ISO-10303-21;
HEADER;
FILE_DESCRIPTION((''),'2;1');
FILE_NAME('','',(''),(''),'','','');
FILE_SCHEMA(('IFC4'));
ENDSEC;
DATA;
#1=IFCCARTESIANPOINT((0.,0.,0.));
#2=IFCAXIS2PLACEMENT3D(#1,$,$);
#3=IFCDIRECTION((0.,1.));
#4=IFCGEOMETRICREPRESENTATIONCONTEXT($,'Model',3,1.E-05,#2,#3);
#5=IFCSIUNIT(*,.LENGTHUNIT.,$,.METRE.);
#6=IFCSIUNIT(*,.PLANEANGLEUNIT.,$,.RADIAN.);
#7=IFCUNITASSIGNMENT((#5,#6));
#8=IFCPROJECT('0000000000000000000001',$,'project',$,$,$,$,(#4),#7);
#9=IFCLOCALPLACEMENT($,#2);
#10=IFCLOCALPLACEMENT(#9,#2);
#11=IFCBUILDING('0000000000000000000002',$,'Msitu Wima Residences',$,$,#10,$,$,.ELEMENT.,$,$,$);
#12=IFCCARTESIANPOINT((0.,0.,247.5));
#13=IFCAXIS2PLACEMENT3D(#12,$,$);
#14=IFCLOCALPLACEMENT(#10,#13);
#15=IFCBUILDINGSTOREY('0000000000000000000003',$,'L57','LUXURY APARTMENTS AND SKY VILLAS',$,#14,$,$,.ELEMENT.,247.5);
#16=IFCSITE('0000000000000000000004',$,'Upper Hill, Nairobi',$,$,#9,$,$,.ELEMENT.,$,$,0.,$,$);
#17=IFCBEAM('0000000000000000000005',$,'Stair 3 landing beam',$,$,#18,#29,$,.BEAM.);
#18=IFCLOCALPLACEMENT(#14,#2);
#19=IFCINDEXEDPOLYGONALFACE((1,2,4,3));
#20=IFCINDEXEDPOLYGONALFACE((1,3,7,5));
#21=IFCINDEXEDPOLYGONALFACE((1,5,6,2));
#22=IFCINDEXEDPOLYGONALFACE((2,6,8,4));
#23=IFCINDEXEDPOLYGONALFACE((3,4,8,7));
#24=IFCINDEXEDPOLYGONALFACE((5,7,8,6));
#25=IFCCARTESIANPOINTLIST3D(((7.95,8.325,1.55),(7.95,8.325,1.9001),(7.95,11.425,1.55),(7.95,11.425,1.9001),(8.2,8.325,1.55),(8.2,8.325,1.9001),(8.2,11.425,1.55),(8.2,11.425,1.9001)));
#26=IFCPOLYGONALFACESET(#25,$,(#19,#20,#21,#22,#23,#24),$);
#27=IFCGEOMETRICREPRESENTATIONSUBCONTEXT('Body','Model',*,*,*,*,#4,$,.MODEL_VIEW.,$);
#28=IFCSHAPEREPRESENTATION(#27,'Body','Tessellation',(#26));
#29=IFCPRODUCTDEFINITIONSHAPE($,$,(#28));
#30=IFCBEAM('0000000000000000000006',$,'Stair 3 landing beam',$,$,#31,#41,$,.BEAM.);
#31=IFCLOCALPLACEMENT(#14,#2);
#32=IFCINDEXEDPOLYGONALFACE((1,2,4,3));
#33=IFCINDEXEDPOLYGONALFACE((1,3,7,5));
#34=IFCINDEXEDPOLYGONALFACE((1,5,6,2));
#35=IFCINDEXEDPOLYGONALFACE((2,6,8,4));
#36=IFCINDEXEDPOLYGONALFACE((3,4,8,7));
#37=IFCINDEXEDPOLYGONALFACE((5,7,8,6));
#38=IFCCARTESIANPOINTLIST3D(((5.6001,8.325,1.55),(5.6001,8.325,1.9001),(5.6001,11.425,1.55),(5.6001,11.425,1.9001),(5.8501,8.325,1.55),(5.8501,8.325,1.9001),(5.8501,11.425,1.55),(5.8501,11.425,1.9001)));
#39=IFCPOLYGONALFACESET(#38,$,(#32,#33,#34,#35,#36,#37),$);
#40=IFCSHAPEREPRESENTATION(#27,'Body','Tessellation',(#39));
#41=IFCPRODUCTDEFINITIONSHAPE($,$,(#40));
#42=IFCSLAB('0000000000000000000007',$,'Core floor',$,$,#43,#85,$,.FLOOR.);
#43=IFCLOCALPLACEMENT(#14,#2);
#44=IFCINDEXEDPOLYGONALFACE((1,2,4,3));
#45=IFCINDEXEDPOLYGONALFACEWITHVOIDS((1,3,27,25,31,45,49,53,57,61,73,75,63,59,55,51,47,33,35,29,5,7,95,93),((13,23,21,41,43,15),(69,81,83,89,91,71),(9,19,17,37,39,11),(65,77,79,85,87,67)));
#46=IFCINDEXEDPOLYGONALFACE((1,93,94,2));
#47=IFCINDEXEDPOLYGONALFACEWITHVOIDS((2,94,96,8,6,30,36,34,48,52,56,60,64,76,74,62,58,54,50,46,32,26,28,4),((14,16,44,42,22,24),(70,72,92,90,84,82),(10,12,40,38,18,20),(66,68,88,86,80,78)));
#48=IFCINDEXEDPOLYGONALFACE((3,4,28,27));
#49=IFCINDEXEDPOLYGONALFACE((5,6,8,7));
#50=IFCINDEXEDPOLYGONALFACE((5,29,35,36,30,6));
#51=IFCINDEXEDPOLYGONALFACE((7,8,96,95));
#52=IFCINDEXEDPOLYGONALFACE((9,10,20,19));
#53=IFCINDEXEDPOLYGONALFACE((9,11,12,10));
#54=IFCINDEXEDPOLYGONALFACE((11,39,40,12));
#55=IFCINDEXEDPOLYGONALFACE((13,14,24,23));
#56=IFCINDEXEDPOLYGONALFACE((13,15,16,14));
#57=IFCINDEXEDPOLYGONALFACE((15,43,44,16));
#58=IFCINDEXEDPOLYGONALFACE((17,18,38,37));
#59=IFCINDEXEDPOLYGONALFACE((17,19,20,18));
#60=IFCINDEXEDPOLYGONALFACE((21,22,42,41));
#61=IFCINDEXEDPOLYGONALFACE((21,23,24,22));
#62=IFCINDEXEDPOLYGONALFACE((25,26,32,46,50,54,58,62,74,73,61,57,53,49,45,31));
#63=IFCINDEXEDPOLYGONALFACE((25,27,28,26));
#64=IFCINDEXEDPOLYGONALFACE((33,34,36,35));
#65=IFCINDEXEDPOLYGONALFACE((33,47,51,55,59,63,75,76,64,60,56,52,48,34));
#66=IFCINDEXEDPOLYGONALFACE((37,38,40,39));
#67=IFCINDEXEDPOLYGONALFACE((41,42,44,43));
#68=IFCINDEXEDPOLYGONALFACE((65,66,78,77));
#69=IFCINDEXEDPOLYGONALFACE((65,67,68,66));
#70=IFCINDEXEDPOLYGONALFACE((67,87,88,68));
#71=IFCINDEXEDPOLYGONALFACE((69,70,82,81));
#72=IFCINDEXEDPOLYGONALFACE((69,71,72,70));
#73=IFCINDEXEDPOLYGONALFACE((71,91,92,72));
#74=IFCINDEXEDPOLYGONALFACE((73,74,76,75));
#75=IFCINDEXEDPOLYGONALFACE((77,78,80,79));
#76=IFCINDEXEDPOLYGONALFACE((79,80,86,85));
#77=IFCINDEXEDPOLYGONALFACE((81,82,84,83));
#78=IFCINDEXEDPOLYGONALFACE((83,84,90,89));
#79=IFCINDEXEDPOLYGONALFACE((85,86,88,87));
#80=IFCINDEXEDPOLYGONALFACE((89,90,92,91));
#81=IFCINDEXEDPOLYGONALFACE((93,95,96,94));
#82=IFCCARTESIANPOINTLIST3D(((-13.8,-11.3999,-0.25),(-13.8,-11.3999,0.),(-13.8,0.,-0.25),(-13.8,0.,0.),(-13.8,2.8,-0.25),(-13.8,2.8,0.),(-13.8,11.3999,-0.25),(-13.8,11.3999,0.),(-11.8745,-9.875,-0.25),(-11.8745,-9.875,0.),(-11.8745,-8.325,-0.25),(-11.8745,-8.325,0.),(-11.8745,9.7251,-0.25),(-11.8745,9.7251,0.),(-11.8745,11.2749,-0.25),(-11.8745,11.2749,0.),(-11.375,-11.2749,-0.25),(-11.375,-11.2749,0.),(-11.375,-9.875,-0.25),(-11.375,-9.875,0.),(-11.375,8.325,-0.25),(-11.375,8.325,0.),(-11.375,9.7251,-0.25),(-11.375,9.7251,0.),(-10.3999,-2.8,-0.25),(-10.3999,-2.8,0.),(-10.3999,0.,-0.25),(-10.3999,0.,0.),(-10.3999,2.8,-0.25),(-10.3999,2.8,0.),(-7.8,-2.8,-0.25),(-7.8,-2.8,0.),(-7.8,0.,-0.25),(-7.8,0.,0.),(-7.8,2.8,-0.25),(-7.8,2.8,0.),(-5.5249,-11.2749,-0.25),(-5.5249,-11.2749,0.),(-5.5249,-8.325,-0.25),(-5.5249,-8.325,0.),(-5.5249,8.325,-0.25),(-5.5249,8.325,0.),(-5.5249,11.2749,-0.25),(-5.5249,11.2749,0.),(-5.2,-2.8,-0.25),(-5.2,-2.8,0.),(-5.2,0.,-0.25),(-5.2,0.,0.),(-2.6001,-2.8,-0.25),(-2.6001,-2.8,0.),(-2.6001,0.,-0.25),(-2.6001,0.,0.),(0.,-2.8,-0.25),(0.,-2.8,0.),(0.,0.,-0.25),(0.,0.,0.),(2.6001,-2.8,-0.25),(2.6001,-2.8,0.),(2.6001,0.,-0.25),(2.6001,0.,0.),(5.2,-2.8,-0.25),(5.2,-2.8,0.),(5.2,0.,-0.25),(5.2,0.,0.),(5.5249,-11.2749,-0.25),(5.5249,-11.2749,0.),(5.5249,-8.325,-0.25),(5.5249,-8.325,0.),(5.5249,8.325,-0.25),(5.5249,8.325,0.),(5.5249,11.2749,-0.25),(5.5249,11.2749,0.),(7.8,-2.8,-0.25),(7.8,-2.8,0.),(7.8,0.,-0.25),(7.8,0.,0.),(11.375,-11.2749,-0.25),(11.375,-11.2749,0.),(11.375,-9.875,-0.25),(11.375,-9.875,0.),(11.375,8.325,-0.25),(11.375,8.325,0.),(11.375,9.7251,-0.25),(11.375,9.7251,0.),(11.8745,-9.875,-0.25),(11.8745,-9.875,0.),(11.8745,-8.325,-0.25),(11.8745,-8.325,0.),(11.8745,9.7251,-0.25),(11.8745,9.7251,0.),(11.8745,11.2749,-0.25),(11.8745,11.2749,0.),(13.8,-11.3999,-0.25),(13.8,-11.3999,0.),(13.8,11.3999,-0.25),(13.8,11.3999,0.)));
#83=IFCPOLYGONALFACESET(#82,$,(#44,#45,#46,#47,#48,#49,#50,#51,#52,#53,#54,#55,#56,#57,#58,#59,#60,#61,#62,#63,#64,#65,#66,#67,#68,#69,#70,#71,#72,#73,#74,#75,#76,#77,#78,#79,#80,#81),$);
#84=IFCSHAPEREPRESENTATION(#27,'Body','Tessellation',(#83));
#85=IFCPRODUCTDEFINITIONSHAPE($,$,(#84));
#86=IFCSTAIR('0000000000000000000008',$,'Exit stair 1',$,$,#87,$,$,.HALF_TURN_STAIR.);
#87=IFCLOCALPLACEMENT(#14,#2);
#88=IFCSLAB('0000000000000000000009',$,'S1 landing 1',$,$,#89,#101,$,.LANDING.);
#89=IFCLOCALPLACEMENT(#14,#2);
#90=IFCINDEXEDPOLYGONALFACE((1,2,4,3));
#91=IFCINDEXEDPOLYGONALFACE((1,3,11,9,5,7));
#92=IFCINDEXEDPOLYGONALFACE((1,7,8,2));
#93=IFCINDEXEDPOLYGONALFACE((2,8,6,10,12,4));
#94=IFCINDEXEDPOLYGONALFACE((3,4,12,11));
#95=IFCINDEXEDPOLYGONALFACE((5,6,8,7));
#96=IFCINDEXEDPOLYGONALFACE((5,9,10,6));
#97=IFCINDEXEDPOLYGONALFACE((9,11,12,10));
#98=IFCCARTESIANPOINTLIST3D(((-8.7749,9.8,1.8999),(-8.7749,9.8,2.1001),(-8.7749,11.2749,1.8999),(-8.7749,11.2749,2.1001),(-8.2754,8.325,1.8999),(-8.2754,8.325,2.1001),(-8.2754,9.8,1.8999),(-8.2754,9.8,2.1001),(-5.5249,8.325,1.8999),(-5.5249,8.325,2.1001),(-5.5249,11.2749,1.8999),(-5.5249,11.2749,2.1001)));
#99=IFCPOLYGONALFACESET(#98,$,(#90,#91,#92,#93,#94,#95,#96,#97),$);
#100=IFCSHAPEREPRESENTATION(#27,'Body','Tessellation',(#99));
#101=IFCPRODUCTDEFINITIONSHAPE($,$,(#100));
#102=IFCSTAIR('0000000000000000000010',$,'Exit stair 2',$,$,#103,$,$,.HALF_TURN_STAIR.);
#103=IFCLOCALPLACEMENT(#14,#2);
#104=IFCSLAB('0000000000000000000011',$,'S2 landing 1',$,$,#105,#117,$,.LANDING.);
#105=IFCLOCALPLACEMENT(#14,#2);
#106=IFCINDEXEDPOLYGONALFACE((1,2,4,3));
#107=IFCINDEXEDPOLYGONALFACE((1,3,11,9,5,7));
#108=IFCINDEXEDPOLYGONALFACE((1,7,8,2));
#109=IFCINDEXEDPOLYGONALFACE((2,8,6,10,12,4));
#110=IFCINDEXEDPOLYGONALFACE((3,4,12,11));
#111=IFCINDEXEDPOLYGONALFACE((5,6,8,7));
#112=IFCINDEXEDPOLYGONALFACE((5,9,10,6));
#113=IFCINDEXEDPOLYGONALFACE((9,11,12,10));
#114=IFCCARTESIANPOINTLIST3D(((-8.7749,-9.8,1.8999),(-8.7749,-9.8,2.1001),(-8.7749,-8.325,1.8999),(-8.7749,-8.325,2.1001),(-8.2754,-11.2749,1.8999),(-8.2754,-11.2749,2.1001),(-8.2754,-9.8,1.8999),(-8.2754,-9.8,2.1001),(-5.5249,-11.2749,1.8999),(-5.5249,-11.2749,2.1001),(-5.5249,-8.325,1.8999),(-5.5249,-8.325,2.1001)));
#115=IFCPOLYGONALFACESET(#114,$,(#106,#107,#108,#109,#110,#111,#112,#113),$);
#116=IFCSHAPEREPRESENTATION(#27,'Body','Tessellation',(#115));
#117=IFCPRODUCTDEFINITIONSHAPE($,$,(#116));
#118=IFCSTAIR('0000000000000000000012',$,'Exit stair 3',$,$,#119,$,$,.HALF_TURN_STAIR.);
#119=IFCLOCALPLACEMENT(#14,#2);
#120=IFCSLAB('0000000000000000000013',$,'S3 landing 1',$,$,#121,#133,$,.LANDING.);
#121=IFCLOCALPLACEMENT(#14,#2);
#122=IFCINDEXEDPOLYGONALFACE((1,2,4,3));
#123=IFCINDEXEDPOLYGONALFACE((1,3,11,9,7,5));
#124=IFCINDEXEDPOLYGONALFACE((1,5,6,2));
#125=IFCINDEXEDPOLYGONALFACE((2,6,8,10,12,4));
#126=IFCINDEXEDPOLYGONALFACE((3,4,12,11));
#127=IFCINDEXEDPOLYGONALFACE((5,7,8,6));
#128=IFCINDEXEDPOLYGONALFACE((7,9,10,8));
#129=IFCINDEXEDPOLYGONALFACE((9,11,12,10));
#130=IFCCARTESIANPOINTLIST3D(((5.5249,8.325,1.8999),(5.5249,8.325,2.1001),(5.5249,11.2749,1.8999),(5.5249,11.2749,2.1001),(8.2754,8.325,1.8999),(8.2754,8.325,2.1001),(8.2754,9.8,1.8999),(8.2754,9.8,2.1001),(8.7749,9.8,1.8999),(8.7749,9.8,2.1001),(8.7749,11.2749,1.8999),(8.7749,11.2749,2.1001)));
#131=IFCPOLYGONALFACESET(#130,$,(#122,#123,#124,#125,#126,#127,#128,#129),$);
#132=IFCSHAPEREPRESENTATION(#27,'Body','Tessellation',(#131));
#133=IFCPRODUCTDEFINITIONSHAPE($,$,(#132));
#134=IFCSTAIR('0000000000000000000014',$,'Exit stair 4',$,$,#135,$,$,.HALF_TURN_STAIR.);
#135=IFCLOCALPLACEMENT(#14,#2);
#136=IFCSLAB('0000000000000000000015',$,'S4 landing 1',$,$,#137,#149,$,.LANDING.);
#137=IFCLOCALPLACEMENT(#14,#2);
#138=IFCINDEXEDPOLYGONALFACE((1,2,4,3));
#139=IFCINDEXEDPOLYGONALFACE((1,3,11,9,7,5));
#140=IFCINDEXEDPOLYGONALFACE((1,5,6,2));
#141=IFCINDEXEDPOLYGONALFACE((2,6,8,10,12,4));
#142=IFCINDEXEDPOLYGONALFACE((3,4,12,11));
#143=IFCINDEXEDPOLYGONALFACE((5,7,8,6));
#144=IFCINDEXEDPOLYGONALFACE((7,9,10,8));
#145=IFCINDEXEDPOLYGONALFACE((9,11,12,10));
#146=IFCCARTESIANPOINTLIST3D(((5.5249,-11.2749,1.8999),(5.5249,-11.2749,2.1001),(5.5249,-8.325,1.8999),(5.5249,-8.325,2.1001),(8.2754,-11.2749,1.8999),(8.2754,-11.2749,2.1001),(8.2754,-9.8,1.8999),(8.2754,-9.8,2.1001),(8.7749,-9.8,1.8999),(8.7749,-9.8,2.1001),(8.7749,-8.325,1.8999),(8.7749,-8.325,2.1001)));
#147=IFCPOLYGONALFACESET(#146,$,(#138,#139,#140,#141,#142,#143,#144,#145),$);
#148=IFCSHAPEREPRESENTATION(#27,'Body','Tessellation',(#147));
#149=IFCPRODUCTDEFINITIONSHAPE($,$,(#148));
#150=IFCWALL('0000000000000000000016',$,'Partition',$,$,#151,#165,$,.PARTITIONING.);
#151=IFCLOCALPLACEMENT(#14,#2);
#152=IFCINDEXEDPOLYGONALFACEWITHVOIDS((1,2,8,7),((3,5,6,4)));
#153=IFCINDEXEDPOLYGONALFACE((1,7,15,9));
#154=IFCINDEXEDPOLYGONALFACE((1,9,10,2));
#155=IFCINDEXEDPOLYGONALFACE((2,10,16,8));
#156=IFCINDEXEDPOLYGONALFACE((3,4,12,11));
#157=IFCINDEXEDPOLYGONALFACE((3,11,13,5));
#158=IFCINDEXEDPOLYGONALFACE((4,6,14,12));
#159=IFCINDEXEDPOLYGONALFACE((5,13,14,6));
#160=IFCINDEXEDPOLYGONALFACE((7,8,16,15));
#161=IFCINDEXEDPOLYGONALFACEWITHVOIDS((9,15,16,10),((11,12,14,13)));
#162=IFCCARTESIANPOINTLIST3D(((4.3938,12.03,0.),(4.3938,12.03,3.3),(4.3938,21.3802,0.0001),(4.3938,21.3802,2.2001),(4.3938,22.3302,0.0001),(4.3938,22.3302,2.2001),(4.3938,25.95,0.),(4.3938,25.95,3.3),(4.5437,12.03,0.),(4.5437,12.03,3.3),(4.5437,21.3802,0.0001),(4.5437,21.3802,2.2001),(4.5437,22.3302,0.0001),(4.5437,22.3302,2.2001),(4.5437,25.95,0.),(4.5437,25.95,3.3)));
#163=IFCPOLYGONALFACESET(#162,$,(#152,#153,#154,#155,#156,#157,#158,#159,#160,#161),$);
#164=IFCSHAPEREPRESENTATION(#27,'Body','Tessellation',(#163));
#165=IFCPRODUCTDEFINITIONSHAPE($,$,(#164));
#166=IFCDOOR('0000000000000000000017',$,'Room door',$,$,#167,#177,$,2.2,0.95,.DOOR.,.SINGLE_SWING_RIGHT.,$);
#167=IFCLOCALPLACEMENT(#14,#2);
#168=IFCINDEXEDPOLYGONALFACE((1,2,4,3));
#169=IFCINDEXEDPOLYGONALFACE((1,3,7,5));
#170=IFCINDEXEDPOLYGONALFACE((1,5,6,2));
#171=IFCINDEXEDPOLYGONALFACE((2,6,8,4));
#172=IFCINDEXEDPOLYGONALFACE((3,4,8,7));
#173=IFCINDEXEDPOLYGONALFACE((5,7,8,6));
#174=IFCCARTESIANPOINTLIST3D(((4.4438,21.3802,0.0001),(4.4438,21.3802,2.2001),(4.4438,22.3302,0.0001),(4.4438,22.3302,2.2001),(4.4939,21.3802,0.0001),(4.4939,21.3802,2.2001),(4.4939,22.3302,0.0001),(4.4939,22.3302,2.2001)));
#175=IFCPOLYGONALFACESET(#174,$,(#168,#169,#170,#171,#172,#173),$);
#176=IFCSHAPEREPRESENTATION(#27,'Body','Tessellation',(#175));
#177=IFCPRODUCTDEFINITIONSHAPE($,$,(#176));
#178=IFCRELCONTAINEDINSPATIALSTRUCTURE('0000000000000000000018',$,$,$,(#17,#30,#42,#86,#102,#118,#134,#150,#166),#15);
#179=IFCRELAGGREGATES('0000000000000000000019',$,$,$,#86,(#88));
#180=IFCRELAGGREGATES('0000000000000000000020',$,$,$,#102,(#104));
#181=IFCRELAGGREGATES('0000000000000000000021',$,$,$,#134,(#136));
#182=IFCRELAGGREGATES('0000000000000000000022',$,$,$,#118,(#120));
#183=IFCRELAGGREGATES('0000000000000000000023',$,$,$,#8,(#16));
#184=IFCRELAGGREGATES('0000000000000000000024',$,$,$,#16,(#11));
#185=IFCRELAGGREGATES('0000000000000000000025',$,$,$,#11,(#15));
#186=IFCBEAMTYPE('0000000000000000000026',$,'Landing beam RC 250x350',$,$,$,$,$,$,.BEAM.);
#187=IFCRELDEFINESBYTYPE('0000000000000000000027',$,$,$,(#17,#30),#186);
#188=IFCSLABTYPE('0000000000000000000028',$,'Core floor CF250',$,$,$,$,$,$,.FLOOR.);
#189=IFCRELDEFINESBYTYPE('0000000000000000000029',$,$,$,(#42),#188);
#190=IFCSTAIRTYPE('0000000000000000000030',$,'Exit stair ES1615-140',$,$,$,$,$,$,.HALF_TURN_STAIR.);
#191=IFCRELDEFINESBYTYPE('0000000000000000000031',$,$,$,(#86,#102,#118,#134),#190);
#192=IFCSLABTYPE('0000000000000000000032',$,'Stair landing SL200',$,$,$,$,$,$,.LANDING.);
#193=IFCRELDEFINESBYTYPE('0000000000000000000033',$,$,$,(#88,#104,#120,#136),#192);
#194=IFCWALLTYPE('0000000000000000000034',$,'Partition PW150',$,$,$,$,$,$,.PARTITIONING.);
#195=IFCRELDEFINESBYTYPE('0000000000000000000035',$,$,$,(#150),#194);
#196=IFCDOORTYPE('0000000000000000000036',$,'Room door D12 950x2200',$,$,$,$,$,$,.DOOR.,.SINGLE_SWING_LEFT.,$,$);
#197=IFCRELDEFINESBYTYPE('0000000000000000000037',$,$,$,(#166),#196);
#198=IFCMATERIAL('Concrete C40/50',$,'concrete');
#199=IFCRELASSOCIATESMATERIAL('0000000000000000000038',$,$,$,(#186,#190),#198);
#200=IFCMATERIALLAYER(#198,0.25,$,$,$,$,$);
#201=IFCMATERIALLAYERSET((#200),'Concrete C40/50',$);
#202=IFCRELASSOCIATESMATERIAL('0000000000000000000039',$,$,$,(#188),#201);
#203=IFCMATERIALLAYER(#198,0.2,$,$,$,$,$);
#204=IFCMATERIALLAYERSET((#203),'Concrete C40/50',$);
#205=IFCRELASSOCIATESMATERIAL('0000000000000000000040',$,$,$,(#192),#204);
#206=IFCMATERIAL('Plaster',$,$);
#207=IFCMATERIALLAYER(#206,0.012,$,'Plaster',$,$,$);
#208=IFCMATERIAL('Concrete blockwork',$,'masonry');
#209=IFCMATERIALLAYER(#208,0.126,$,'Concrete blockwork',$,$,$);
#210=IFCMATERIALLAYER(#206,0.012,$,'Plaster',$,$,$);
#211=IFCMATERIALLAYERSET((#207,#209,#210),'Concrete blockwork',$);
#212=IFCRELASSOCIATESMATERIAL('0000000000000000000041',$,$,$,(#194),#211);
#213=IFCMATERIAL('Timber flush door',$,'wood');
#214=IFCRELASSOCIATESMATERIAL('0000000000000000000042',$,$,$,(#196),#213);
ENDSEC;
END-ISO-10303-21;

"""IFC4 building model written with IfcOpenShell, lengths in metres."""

from ifc_helpers import new_model, si_unit, direction, frame, frame_2d, origin, origin_2d, place, context, subcontext, project, spatial, polyline, rectangle, outline, extrude, material, layer, layer_set, material_profile, profile_set, type_object, element, fill, aggregate, save


model = new_model("IFC4")

# Units and contexts
model_context = context("Model", 3, precision=1e-05, world=origin(), true_north=direction((0.0, 1.0)))
body_context = subcontext(model_context, "Body", "Model", "MODEL_VIEW")
ifc_project = project(units=[si_unit("LENGTHUNIT", "METRE"), si_unit("PLANEANGLEUNIT", "RADIAN")], contexts=[model_context])

# Site, building, storey
site_placement = place(None, origin())
site = spatial("IfcSite", under=ifc_project, at=site_placement, Name="Upper Hill, Nairobi", CompositionType="ELEMENT", RefElevation=0.0)
building_placement = place(site_placement, origin())
building = spatial("IfcBuilding", under=site, at=building_placement, Name="Msitu Wima Residences", CompositionType="ELEMENT")
storey_placement = place(building_placement, frame((0.0, 0.0, 247.5)))
storey = spatial("IfcBuildingStorey", under=building, at=storey_placement, Name="L57", Description="LUXURY APARTMENTS AND SKY VILLAS", CompositionType="ELEMENT", Elevation=247.5)

# Beams
ifc_material_1 = material(Name="Concrete C40/50", Category="concrete")
ifc_material_profile = material_profile(ifc_material_1, rectangle(XDim=0.25, YDim=0.3501, at=origin_2d()), Name="RC 250x350")
ifc_profile_set = profile_set([ifc_material_profile], Name="Concrete C40/50")
beam_type = type_object("IfcBeamType", Name="Landing beam RC 250x350", PredefinedType="BEAM", material=ifc_profile_set)
for number, where, z_axis, x_axis, name in (
    (1, (8.075, 8.325, 1.7251), (0.0, 1.0, 0.0), (-1.0, 0.0, 0.0), "Stair 3 landing beam"),
    (2, (5.7251, 8.325, 1.7251), (0.0, 1.0, 0.0), (-1.0, 0.0, 0.0), "Stair 3 landing beam"),
):
    element("IfcBeam", number, at=place(storey_placement, frame(where, z_axis=z_axis, x_axis=x_axis)), inside=storey, type_object=beam_type, Name=name, PredefinedType="BEAM", context=body_context, shape_type="SweptSolid", body=[
        extrude(rectangle(XDim=0.25, YDim=0.3501, at=origin_2d()), origin(), (0.0, 0.0, 1.0), 3.1001),
    ])

# Slab
ifc_layer_1 = layer(ifc_material_1, 0.25)
ifc_layer_set_1 = layer_set([ifc_layer_1], Name="Concrete C40/50")
slab_type_1 = type_object("IfcSlabType", Name="Core floor CF250", PredefinedType="FLOOR", material=ifc_layer_set_1)
slab_1_placement = place(storey_placement, frame((0.0, 0.0, -0.25)))
element("IfcSlab", 3, at=slab_1_placement, inside=storey, type_object=slab_type_1, Name="Core floor", PredefinedType="FLOOR", context=body_context, shape_type="SweptSolid", body=[
    extrude(outline(polyline([(-13.8, 11.3999), (-13.8, 2.8), (-10.3999, 2.8), (-7.8, 2.8), (-7.8, 0.0), (-5.2, 0.0), (-2.6001, 0.0), (0.0, 0.0), (2.6001, 0.0), (5.2, 0.0), (7.8, 0.0), (7.8, -2.8), (5.2, -2.8), (2.6001, -2.8), (0.0, -2.8), (-2.6001, -2.8), (-5.2, -2.8), (-7.8, -2.8), (-10.3999, -2.8), (-10.3999, 0.0), (-13.8, 0.0), (-13.8, -11.3999), (13.8, -11.3999), (13.8, 11.3999), (-13.8, 11.3999)]), holes=[polyline([(-11.375, -11.2749), (-11.375, -9.875), (-11.8745, -9.875), (-11.8745, -8.325), (-5.5249, -8.325), (-5.5249, -11.2749), (-11.375, -11.2749)]), polyline([(-11.375, 8.325), (-11.375, 9.7251), (-11.8745, 9.7251), (-11.8745, 11.2749), (-5.5249, 11.2749), (-5.5249, 8.325), (-11.375, 8.325)]), polyline([(11.375, -9.875), (11.375, -11.2749), (5.5249, -11.2749), (5.5249, -8.325), (11.8745, -8.325), (11.8745, -9.875), (11.375, -9.875)]), polyline([(11.375, 9.7251), (11.375, 8.325), (5.5249, 8.325), (5.5249, 11.2749), (11.8745, 11.2749), (11.8745, 9.7251), (11.375, 9.7251)])]), origin(), (0.0, 0.0, 1.0), 0.25),
])

# Stairs, slabs
stair_type = type_object("IfcStairType", Name="Exit stair ES1615-140", PredefinedType="HALF_TURN_STAIR", material=ifc_material_1)
stair_1_placement = place(storey_placement, origin())
stair_1 = element("IfcStair", 4, at=stair_1_placement, inside=storey, type_object=stair_type, Name="Exit stair 1", PredefinedType="HALF_TURN_STAIR")
ifc_layer_2 = layer(ifc_material_1, 0.2)
ifc_layer_set_2 = layer_set([ifc_layer_2], Name="Concrete C40/50")
slab_type_2 = type_object("IfcSlabType", Name="Stair landing SL200", PredefinedType="LANDING", material=ifc_layer_set_2)
slab_2_placement = place(storey_placement, frame((0.0, 0.0, 1.8999)))
slab_2 = element("IfcSlab", 5, at=slab_2_placement, type_object=slab_type_2, Name="S1 landing 1", PredefinedType="LANDING", context=body_context, shape_type="SweptSolid", body=[
    extrude(outline(polyline([(-5.5249, 8.325), (-8.2754, 8.325), (-8.2754, 9.8), (-8.7749, 9.8), (-8.7749, 11.2749), (-5.5249, 11.2749), (-5.5249, 8.325)])), origin(), (0.0, 0.0, 1.0), 0.2002),
])
aggregate(stair_1, [slab_2])
stair_2_placement = place(storey_placement, origin())
stair_2 = element("IfcStair", 6, at=stair_2_placement, inside=storey, type_object=stair_type, Name="Exit stair 2", PredefinedType="HALF_TURN_STAIR")
slab_3_placement = place(storey_placement, frame((0.0, 0.0, 1.8999)))
slab_3 = element("IfcSlab", 7, at=slab_3_placement, type_object=slab_type_2, Name="S2 landing 1", PredefinedType="LANDING", context=body_context, shape_type="SweptSolid", body=[
    extrude(outline(polyline([(-5.5249, -11.2749), (-8.2754, -11.2749), (-8.2754, -9.8), (-8.7749, -9.8), (-8.7749, -8.325), (-5.5249, -8.325), (-5.5249, -11.2749)])), origin(), (0.0, 0.0, 1.0), 0.2002),
])
aggregate(stair_2, [slab_3])
stair_3_placement = place(storey_placement, origin())
stair_3 = element("IfcStair", 8, at=stair_3_placement, inside=storey, type_object=stair_type, Name="Exit stair 3", PredefinedType="HALF_TURN_STAIR")
slab_4_placement = place(storey_placement, frame((0.0, 0.0, 1.8999)))
slab_4 = element("IfcSlab", 9, at=slab_4_placement, type_object=slab_type_2, Name="S3 landing 1", PredefinedType="LANDING", context=body_context, shape_type="SweptSolid", body=[
    extrude(outline(polyline([(5.5249, 8.325), (8.2754, 8.325), (8.2754, 9.8), (8.7749, 9.8), (8.7749, 11.2749), (5.5249, 11.2749), (5.5249, 8.325)])), origin(), (0.0, 0.0, 1.0), 0.2002),
])
stair_4_placement = place(storey_placement, origin())
stair_4 = element("IfcStair", 10, at=stair_4_placement, inside=storey, type_object=stair_type, Name="Exit stair 4", PredefinedType="HALF_TURN_STAIR")
slab_5_placement = place(storey_placement, frame((0.0, 0.0, 1.8999)))
slab_5 = element("IfcSlab", 11, at=slab_5_placement, type_object=slab_type_2, Name="S4 landing 1", PredefinedType="LANDING", context=body_context, shape_type="SweptSolid", body=[
    extrude(outline(polyline([(5.5249, -11.2749), (8.2754, -11.2749), (8.2754, -9.8), (8.7749, -9.8), (8.7749, -8.325), (5.5249, -8.325), (5.5249, -11.2749)])), origin(), (0.0, 0.0, 1.0), 0.2002),
])
aggregate(stair_4, [slab_5])

# Wall, opening, door
ifc_material_2 = material(Name="Plaster")
ifc_layer_3 = layer(ifc_material_2, 0.012, Name="Plaster")
ifc_material_3 = material(Name="Concrete blockwork", Category="masonry")
ifc_layer_4 = layer(ifc_material_3, 0.126, Name="Concrete blockwork")
ifc_layer_5 = layer(ifc_material_2, 0.012, Name="Plaster")
ifc_layer_set_3 = layer_set([ifc_layer_3, ifc_layer_4, ifc_layer_5], Name="Concrete blockwork")
wall_type_1 = type_object("IfcWallType", Name="Partition PW150", PredefinedType="PARTITIONING", material=ifc_layer_set_3)
wall_1_placement = place(storey_placement, frame((4.4688, 12.03, 0.0), z_axis=(0.0, 0.0, 1.0), x_axis=(0.0, 1.0, 0.0)))
wall_1 = element("IfcWall", 12, at=wall_1_placement, inside=storey, type_object=wall_type_1, Name="Partition", PredefinedType="PARTITIONING", context=body_context, shape_type="SweptSolid", body=[
    extrude(rectangle(XDim=13.9199, YDim=0.1499, at=frame_2d((6.96, 0.0))), origin(), (0.0, 0.0, 1.0), 3.3),
])
opening_1_placement = place(wall_1_placement, frame((9.3501, 0.0, 0.0)))
opening_1 = element("IfcOpeningElement", 13, at=opening_1_placement, cuts=wall_1, PredefinedType="OPENING", context=body_context, shape_type="SweptSolid", body=[
    extrude(rectangle(XDim=0.95, YDim=2.2, at=frame_2d((0.4751, 1.1001))), frame((0.0, 0.085, 0.0), z_axis=(0.0, -1.0, 0.0), x_axis=(1.0, 0.0, 0.0)), (0.0, 0.0, 1.0), 0.1699),
])
ifc_material_4 = material(Name="Timber flush door", Category="wood")
door_type_1 = type_object("IfcDoorType", Name="Room door D12 950x2200", OperationType="SINGLE_SWING_LEFT", PredefinedType="DOOR", material=ifc_material_4)
door_1_placement = place(opening_1_placement, origin())
door_1 = element("IfcDoor", 14, at=door_1_placement, inside=storey, type_object=door_type_1, Name="Room door", OperationType="SINGLE_SWING_RIGHT", OverallHeight=2.2, OverallWidth=0.95, PredefinedType="DOOR", context=body_context, shape_type="SweptSolid", body=[
    extrude(rectangle(XDim=0.95, YDim=2.2, at=frame_2d((0.4751, 1.1001))), frame((0.0, 0.0249, 0.0), z_axis=(0.0, -1.0, 0.0), x_axis=(1.0, 0.0, 0.0)), (0.0, 0.0, 1.0), 0.05),
])
fill(opening_1, door_1)

aggregate(stair_3, [slab_4])

save(model, "model.ifc")
